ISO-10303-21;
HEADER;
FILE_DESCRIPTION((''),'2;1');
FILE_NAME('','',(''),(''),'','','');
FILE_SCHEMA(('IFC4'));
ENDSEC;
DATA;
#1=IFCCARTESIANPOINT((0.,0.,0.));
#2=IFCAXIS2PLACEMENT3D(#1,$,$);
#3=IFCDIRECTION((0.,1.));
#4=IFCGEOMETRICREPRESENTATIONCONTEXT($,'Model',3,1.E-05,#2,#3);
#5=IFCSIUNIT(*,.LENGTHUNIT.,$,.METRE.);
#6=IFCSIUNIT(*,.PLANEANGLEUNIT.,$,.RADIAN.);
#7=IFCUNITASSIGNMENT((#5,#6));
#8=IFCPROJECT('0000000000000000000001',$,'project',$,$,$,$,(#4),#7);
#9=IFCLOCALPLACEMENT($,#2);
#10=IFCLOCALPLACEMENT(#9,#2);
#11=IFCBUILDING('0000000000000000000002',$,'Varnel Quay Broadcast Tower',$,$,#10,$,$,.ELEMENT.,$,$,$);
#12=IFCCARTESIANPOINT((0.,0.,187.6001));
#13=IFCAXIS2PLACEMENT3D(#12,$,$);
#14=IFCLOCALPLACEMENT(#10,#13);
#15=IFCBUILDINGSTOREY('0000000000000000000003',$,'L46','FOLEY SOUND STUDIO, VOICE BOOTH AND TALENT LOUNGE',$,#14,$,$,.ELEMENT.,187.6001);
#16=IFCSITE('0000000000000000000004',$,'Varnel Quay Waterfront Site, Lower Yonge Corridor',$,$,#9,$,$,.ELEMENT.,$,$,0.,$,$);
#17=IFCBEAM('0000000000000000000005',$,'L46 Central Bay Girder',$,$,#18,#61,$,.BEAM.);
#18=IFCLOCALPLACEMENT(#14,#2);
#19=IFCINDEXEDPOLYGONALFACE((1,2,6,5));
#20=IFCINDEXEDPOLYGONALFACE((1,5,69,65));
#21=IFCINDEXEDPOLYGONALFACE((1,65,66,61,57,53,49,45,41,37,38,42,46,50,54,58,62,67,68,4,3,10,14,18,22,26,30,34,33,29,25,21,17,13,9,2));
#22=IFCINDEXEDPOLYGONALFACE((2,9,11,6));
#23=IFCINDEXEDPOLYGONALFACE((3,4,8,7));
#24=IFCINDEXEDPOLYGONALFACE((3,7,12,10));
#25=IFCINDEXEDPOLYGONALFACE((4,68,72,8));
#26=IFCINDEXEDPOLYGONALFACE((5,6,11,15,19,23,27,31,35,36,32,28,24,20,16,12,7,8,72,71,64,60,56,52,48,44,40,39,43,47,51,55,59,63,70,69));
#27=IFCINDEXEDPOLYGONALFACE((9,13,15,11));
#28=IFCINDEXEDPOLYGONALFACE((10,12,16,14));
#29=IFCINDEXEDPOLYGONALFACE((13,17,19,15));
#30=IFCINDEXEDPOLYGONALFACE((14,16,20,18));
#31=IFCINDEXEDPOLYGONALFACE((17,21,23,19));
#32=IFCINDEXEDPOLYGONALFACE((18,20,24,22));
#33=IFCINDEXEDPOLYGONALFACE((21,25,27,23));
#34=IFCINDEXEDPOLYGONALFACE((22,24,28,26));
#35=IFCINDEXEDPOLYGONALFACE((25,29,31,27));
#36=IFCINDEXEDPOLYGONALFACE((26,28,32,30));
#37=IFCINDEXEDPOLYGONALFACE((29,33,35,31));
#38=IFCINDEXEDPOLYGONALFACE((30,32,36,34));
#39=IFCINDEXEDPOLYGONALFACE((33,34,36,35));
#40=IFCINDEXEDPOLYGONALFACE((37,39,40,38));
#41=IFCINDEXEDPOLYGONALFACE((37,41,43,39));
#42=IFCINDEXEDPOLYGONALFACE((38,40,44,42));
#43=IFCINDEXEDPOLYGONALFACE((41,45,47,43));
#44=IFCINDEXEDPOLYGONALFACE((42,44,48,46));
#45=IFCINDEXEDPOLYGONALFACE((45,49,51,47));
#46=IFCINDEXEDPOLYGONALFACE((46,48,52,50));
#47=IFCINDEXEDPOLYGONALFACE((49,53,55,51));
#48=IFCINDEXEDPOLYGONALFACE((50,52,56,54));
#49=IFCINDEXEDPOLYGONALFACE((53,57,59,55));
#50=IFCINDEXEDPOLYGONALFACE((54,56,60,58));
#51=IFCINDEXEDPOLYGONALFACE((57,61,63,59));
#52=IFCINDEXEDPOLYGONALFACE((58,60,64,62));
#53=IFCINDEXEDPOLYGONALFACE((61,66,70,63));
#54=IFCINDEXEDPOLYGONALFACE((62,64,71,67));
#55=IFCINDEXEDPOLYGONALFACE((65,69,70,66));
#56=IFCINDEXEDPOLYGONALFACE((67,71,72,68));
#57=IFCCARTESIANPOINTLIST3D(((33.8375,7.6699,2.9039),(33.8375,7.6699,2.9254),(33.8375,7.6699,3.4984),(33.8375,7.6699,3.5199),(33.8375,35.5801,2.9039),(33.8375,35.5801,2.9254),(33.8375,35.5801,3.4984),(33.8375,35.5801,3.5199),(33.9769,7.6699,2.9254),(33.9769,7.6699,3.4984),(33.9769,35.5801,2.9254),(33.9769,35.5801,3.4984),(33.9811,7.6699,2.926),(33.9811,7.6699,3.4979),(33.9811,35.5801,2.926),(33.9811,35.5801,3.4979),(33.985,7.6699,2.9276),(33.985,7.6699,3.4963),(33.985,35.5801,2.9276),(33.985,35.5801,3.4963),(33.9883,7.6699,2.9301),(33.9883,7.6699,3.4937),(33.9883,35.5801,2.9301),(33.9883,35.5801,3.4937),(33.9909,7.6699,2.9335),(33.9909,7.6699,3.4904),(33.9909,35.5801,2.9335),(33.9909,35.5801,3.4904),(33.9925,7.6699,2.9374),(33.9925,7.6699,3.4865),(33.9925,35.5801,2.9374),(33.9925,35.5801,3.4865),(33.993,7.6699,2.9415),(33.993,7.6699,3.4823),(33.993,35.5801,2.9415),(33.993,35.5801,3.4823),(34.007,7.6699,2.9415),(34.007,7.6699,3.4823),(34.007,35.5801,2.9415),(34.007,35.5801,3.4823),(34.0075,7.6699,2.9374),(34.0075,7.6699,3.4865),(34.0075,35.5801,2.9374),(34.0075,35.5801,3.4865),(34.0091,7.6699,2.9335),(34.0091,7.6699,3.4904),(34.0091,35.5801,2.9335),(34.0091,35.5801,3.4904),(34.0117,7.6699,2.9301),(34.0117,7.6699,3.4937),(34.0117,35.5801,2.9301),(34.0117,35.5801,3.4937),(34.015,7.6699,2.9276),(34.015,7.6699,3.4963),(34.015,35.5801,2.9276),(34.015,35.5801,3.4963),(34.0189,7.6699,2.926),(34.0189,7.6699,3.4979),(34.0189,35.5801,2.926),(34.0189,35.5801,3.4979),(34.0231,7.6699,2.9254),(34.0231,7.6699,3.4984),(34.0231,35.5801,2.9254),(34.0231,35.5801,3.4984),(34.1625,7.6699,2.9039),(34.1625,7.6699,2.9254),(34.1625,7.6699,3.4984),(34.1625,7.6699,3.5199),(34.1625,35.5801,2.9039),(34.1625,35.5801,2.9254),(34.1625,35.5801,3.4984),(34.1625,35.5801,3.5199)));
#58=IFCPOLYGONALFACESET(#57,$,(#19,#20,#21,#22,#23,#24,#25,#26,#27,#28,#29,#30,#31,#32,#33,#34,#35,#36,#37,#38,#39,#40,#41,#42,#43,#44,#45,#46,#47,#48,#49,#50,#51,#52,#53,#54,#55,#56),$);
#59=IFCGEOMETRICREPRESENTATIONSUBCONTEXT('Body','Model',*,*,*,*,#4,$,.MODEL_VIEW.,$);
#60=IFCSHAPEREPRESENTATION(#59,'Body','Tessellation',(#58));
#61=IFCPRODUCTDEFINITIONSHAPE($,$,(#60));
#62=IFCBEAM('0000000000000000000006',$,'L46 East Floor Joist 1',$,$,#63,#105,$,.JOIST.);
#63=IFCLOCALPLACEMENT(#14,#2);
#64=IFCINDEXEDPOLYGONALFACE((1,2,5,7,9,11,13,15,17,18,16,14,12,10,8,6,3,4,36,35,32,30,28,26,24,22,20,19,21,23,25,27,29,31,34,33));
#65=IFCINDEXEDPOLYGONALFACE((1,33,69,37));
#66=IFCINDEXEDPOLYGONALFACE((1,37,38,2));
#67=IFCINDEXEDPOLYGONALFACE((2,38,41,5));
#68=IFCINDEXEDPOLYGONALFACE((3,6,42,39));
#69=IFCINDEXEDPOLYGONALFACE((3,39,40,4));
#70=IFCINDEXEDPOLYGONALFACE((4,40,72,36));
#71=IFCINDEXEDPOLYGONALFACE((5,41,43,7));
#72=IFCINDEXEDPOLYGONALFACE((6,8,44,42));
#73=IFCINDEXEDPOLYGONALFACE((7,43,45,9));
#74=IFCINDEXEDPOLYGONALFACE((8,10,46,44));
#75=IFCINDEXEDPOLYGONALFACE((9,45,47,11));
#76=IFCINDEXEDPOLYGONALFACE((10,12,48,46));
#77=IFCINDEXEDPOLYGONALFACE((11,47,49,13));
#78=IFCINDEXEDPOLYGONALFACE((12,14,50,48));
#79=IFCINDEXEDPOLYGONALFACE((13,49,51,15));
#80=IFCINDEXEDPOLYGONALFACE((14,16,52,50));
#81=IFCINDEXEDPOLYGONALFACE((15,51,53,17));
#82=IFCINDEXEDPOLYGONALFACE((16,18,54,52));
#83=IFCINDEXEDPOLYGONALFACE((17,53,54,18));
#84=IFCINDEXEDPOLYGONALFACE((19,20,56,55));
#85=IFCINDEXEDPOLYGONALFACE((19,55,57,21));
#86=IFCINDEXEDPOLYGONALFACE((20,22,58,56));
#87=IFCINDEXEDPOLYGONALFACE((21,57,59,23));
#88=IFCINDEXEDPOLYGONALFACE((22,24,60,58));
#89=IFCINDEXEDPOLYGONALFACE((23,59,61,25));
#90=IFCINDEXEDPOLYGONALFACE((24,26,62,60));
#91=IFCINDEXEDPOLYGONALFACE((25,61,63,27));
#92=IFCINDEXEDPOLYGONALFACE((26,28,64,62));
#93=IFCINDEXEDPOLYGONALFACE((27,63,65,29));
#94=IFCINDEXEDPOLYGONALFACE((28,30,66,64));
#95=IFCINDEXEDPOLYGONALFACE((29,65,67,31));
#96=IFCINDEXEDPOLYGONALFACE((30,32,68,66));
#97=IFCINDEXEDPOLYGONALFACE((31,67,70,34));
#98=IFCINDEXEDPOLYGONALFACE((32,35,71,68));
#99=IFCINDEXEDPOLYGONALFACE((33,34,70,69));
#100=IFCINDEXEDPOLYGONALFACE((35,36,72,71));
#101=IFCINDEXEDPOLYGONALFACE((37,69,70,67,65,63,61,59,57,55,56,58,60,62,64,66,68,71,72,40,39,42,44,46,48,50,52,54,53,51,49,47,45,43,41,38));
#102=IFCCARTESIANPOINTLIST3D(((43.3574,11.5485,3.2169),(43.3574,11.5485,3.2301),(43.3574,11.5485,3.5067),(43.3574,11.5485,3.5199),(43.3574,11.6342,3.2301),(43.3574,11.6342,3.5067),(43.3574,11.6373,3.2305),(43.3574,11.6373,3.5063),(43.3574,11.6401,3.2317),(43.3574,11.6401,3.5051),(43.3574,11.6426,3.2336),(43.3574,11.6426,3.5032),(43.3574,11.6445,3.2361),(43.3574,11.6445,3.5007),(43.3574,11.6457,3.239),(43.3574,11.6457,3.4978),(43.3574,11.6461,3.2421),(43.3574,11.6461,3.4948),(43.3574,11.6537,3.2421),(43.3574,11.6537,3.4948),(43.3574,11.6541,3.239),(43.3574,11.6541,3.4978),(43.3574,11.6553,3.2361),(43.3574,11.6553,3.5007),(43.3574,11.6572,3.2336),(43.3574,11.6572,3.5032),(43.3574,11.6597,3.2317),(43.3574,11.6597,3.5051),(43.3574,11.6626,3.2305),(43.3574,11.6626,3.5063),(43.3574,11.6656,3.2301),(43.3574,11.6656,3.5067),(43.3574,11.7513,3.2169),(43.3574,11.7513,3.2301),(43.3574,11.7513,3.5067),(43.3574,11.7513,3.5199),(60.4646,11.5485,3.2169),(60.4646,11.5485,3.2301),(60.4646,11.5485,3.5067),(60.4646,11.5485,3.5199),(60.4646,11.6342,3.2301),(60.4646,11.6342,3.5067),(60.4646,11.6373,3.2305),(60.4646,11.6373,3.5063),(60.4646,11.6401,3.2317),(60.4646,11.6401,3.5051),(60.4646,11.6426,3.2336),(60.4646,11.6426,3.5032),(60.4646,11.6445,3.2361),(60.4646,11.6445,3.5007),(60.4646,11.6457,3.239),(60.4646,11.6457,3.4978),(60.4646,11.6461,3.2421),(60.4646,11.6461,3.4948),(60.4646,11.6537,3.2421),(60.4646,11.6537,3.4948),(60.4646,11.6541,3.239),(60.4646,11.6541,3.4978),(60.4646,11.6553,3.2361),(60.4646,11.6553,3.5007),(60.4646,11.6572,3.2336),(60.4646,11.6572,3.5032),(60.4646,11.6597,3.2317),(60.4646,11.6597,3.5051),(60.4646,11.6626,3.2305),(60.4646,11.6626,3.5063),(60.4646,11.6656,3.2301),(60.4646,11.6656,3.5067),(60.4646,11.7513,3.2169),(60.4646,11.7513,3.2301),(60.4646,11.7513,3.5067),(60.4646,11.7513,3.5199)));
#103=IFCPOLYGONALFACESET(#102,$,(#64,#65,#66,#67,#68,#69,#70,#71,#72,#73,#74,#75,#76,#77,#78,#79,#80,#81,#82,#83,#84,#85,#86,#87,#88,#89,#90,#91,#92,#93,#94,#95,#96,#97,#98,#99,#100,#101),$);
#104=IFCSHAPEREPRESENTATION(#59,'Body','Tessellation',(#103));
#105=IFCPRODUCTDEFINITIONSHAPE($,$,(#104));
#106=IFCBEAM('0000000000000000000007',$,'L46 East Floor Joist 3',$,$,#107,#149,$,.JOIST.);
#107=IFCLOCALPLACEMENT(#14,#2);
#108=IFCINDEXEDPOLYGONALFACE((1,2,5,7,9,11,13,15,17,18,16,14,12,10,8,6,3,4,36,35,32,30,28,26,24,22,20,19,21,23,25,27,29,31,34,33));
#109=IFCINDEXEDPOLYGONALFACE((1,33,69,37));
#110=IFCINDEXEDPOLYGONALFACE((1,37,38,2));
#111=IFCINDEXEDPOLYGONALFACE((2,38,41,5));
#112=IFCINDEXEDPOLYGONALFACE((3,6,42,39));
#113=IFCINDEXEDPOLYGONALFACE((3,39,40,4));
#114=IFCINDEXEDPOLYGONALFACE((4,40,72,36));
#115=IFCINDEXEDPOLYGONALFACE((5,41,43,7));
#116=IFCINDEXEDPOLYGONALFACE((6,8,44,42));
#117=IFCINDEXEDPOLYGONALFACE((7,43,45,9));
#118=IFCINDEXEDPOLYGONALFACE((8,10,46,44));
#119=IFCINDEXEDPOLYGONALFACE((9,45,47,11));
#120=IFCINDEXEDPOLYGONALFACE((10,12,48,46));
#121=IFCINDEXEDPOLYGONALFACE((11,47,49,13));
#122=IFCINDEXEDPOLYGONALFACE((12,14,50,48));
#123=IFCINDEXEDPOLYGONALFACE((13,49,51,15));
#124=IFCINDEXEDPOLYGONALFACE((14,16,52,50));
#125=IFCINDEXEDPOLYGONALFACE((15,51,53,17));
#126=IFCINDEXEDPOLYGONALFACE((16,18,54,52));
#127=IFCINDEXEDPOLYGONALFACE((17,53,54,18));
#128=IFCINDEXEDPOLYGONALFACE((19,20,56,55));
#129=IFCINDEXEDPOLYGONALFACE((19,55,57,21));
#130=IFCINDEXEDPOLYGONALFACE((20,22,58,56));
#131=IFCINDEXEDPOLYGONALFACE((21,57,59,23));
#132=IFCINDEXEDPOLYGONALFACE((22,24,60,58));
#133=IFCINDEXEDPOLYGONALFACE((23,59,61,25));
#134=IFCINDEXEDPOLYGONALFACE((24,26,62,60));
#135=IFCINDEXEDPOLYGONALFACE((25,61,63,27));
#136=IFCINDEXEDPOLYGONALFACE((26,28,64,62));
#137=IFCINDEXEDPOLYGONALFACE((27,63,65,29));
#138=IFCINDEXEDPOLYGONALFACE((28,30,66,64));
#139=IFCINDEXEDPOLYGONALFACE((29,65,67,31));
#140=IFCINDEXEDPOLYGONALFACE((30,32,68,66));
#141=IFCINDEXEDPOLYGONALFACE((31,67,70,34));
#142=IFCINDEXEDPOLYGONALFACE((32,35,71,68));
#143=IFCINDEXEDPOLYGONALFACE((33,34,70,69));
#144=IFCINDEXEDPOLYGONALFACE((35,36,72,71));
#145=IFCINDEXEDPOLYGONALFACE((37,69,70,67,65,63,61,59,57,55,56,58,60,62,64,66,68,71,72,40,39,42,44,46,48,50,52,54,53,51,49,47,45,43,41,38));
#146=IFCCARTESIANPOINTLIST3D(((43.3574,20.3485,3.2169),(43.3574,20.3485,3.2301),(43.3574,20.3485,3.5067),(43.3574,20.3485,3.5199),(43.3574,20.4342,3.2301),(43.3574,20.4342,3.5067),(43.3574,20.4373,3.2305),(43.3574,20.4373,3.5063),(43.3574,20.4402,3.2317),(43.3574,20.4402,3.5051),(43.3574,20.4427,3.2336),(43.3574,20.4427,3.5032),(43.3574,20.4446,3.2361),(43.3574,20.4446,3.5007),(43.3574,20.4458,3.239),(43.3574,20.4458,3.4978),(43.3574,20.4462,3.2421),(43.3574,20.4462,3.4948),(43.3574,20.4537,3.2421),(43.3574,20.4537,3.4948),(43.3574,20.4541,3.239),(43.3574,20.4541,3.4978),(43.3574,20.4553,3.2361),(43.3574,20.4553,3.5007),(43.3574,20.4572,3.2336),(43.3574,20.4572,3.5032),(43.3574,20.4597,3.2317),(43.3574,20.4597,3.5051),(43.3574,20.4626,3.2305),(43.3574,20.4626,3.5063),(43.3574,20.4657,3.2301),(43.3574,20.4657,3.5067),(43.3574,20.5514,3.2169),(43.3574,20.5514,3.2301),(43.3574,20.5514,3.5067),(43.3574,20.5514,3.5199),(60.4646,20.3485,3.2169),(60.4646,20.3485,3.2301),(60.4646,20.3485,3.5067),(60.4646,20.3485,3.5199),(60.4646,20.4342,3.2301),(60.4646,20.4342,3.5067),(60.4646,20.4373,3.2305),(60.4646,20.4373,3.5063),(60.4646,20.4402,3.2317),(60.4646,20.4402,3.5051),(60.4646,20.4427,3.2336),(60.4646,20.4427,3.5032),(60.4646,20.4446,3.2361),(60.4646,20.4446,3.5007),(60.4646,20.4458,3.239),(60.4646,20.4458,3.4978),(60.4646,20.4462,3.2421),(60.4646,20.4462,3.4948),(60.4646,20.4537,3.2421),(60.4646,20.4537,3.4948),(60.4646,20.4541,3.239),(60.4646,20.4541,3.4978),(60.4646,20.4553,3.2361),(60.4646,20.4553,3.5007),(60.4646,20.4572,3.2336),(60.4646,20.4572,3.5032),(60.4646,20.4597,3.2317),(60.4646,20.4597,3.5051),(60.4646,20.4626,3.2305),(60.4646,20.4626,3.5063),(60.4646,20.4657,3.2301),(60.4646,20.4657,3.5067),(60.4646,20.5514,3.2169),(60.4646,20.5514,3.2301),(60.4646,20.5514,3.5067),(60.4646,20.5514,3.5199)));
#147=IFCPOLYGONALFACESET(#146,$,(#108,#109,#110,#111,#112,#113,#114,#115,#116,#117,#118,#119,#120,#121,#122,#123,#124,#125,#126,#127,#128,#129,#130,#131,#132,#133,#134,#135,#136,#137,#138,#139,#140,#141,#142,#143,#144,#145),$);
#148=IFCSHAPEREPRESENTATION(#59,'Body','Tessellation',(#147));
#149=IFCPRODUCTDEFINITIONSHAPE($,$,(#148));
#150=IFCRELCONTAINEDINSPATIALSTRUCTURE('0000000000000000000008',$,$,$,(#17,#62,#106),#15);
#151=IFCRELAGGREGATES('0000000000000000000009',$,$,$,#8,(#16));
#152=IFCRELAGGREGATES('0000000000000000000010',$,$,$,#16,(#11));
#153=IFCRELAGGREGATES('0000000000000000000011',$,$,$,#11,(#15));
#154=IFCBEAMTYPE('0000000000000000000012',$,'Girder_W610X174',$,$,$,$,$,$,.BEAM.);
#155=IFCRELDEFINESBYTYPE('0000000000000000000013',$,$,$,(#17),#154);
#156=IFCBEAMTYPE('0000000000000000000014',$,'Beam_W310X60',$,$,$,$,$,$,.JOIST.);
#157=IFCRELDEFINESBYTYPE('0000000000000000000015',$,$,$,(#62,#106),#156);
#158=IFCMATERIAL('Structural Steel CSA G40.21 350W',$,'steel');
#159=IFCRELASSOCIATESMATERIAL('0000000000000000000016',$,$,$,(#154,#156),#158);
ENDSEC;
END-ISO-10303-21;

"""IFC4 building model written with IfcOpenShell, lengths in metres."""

from ifc_helpers import new_model, si_unit, direction, frame, origin, origin_2d, place, context, subcontext, project, spatial, i_section, extrude, source, transform, mapped, material, material_profile, profile_set, type_object, type_shapes, element, save


model = new_model("IFC4")

# Units and contexts
model_context = context("Model", 3, precision=1e-05, world=origin(), true_north=direction((0.0, 1.0)))
body_context = subcontext(model_context, "Body", "Model", "MODEL_VIEW")
ifc_project = project(units=[si_unit("LENGTHUNIT", "METRE"), si_unit("PLANEANGLEUNIT", "RADIAN")], contexts=[model_context])

# Site, building, storey
site_placement = place(None, origin())
site = spatial("IfcSite", under=ifc_project, at=site_placement, Name="Varnel Quay Waterfront Site, Lower Yonge Corridor", CompositionType="ELEMENT", RefElevation=0.0)
building_placement = place(site_placement, origin())
building = spatial("IfcBuilding", under=site, at=building_placement, Name="Varnel Quay Broadcast Tower", CompositionType="ELEMENT")
storey_placement = place(building_placement, frame((0.0, 0.0, 187.6001)))
storey = spatial("IfcBuildingStorey", under=building, at=storey_placement, Name="L46", Description="FOLEY SOUND STUDIO, VOICE BOOTH AND TALENT LOUNGE", CompositionType="ELEMENT", Elevation=187.6001)

# Shared definitions
ifc_material_1 = material(Name="Structural Steel CSA G40.21 350W", Category="steel")

# Beams
ifc_material_profile_1 = material_profile(ifc_material_1, i_section(OverallWidth=0.325, OverallDepth=0.616, WebThickness=0.0139, FlangeThickness=0.0215, FilletRadius=0.0161, at=origin_2d()), Name="W610X174")
ifc_profile_set_1 = profile_set([ifc_material_profile_1], Name="Structural Steel CSA G40.21 350W")
beam_type_1 = type_object("IfcBeamType", Name="Girder_W610X174", PredefinedType="BEAM", material=ifc_profile_set_1)
shared_shape_1 = source(origin(), body_context, "Body", "SweptSolid", [
    extrude(i_section(OverallWidth=0.325, OverallDepth=0.616, WebThickness=0.0139, FlangeThickness=0.0215, FilletRadius=0.0161, at=origin_2d()), origin(), (0.0, 0.0, 1.0), 27.9102),
])
beam_1_placement = place(storey_placement, frame((34.0, 7.6699, 3.2119), z_axis=(0.0, 1.0, 0.0), x_axis=(-1.0, 0.0, 0.0)))
element("IfcBeam", 1, at=beam_1_placement, inside=storey, type_object=beam_type_1, Name="L46 Central Bay Girder", PredefinedType="BEAM", context=body_context, shape_type="MappedRepresentation", body=[
    mapped(shared_shape_1, transform((0.0, 0.0, 0.0), x_axis=(1.0, 0.0, 0.0), y_axis=(0.0, 1.0, 0.0), z_axis=(0.0, 0.0, 1.0), scale=1.0)),
])
ifc_material_profile_2 = material_profile(ifc_material_1, i_section(OverallWidth=0.2029, OverallDepth=0.303, WebThickness=0.0076, FlangeThickness=0.0132, FilletRadius=0.012, at=origin_2d()), Name="W310X60")
ifc_profile_set_2 = profile_set([ifc_material_profile_2], Name="Structural Steel CSA G40.21 350W")
beam_type_2 = type_object("IfcBeamType", Name="Beam_W310X60", PredefinedType="JOIST", material=ifc_profile_set_2)
shared_shape_2 = source(origin(), body_context, "Body", "SweptSolid", [
    extrude(i_section(OverallWidth=0.2029, OverallDepth=0.303, WebThickness=0.0076, FlangeThickness=0.0132, FilletRadius=0.012, at=origin_2d()), origin(), (0.0, 0.0, 1.0), 17.1072),
])
type_shapes(beam_type_2, [shared_shape_2])
for number, where, z_axis, x_axis, name in (
    (2, (43.3574, 11.6499, 3.3684), (1.0, 0.0, 0.0), (0.0, 1.0, 0.0), "L46 East Floor Joist 1"),
    (3, (43.3574, 20.45, 3.3684), (1.0, 0.0, 0.0), (0.0, 1.0, 0.0), "L46 East Floor Joist 3"),
):
    element("IfcBeam", number, at=place(storey_placement, frame(where, z_axis=z_axis, x_axis=x_axis)), inside=storey, type_object=beam_type_2, Name=name, PredefinedType="JOIST", context=body_context, shape_type="MappedRepresentation", body=[
        mapped(shared_shape_2, transform((0.0, 0.0, 0.0), x_axis=(1.0, 0.0, 0.0), y_axis=(0.0, 1.0, 0.0), z_axis=(0.0, 0.0, 1.0), scale=1.0)),
    ])

save(model, "model.ifc")
